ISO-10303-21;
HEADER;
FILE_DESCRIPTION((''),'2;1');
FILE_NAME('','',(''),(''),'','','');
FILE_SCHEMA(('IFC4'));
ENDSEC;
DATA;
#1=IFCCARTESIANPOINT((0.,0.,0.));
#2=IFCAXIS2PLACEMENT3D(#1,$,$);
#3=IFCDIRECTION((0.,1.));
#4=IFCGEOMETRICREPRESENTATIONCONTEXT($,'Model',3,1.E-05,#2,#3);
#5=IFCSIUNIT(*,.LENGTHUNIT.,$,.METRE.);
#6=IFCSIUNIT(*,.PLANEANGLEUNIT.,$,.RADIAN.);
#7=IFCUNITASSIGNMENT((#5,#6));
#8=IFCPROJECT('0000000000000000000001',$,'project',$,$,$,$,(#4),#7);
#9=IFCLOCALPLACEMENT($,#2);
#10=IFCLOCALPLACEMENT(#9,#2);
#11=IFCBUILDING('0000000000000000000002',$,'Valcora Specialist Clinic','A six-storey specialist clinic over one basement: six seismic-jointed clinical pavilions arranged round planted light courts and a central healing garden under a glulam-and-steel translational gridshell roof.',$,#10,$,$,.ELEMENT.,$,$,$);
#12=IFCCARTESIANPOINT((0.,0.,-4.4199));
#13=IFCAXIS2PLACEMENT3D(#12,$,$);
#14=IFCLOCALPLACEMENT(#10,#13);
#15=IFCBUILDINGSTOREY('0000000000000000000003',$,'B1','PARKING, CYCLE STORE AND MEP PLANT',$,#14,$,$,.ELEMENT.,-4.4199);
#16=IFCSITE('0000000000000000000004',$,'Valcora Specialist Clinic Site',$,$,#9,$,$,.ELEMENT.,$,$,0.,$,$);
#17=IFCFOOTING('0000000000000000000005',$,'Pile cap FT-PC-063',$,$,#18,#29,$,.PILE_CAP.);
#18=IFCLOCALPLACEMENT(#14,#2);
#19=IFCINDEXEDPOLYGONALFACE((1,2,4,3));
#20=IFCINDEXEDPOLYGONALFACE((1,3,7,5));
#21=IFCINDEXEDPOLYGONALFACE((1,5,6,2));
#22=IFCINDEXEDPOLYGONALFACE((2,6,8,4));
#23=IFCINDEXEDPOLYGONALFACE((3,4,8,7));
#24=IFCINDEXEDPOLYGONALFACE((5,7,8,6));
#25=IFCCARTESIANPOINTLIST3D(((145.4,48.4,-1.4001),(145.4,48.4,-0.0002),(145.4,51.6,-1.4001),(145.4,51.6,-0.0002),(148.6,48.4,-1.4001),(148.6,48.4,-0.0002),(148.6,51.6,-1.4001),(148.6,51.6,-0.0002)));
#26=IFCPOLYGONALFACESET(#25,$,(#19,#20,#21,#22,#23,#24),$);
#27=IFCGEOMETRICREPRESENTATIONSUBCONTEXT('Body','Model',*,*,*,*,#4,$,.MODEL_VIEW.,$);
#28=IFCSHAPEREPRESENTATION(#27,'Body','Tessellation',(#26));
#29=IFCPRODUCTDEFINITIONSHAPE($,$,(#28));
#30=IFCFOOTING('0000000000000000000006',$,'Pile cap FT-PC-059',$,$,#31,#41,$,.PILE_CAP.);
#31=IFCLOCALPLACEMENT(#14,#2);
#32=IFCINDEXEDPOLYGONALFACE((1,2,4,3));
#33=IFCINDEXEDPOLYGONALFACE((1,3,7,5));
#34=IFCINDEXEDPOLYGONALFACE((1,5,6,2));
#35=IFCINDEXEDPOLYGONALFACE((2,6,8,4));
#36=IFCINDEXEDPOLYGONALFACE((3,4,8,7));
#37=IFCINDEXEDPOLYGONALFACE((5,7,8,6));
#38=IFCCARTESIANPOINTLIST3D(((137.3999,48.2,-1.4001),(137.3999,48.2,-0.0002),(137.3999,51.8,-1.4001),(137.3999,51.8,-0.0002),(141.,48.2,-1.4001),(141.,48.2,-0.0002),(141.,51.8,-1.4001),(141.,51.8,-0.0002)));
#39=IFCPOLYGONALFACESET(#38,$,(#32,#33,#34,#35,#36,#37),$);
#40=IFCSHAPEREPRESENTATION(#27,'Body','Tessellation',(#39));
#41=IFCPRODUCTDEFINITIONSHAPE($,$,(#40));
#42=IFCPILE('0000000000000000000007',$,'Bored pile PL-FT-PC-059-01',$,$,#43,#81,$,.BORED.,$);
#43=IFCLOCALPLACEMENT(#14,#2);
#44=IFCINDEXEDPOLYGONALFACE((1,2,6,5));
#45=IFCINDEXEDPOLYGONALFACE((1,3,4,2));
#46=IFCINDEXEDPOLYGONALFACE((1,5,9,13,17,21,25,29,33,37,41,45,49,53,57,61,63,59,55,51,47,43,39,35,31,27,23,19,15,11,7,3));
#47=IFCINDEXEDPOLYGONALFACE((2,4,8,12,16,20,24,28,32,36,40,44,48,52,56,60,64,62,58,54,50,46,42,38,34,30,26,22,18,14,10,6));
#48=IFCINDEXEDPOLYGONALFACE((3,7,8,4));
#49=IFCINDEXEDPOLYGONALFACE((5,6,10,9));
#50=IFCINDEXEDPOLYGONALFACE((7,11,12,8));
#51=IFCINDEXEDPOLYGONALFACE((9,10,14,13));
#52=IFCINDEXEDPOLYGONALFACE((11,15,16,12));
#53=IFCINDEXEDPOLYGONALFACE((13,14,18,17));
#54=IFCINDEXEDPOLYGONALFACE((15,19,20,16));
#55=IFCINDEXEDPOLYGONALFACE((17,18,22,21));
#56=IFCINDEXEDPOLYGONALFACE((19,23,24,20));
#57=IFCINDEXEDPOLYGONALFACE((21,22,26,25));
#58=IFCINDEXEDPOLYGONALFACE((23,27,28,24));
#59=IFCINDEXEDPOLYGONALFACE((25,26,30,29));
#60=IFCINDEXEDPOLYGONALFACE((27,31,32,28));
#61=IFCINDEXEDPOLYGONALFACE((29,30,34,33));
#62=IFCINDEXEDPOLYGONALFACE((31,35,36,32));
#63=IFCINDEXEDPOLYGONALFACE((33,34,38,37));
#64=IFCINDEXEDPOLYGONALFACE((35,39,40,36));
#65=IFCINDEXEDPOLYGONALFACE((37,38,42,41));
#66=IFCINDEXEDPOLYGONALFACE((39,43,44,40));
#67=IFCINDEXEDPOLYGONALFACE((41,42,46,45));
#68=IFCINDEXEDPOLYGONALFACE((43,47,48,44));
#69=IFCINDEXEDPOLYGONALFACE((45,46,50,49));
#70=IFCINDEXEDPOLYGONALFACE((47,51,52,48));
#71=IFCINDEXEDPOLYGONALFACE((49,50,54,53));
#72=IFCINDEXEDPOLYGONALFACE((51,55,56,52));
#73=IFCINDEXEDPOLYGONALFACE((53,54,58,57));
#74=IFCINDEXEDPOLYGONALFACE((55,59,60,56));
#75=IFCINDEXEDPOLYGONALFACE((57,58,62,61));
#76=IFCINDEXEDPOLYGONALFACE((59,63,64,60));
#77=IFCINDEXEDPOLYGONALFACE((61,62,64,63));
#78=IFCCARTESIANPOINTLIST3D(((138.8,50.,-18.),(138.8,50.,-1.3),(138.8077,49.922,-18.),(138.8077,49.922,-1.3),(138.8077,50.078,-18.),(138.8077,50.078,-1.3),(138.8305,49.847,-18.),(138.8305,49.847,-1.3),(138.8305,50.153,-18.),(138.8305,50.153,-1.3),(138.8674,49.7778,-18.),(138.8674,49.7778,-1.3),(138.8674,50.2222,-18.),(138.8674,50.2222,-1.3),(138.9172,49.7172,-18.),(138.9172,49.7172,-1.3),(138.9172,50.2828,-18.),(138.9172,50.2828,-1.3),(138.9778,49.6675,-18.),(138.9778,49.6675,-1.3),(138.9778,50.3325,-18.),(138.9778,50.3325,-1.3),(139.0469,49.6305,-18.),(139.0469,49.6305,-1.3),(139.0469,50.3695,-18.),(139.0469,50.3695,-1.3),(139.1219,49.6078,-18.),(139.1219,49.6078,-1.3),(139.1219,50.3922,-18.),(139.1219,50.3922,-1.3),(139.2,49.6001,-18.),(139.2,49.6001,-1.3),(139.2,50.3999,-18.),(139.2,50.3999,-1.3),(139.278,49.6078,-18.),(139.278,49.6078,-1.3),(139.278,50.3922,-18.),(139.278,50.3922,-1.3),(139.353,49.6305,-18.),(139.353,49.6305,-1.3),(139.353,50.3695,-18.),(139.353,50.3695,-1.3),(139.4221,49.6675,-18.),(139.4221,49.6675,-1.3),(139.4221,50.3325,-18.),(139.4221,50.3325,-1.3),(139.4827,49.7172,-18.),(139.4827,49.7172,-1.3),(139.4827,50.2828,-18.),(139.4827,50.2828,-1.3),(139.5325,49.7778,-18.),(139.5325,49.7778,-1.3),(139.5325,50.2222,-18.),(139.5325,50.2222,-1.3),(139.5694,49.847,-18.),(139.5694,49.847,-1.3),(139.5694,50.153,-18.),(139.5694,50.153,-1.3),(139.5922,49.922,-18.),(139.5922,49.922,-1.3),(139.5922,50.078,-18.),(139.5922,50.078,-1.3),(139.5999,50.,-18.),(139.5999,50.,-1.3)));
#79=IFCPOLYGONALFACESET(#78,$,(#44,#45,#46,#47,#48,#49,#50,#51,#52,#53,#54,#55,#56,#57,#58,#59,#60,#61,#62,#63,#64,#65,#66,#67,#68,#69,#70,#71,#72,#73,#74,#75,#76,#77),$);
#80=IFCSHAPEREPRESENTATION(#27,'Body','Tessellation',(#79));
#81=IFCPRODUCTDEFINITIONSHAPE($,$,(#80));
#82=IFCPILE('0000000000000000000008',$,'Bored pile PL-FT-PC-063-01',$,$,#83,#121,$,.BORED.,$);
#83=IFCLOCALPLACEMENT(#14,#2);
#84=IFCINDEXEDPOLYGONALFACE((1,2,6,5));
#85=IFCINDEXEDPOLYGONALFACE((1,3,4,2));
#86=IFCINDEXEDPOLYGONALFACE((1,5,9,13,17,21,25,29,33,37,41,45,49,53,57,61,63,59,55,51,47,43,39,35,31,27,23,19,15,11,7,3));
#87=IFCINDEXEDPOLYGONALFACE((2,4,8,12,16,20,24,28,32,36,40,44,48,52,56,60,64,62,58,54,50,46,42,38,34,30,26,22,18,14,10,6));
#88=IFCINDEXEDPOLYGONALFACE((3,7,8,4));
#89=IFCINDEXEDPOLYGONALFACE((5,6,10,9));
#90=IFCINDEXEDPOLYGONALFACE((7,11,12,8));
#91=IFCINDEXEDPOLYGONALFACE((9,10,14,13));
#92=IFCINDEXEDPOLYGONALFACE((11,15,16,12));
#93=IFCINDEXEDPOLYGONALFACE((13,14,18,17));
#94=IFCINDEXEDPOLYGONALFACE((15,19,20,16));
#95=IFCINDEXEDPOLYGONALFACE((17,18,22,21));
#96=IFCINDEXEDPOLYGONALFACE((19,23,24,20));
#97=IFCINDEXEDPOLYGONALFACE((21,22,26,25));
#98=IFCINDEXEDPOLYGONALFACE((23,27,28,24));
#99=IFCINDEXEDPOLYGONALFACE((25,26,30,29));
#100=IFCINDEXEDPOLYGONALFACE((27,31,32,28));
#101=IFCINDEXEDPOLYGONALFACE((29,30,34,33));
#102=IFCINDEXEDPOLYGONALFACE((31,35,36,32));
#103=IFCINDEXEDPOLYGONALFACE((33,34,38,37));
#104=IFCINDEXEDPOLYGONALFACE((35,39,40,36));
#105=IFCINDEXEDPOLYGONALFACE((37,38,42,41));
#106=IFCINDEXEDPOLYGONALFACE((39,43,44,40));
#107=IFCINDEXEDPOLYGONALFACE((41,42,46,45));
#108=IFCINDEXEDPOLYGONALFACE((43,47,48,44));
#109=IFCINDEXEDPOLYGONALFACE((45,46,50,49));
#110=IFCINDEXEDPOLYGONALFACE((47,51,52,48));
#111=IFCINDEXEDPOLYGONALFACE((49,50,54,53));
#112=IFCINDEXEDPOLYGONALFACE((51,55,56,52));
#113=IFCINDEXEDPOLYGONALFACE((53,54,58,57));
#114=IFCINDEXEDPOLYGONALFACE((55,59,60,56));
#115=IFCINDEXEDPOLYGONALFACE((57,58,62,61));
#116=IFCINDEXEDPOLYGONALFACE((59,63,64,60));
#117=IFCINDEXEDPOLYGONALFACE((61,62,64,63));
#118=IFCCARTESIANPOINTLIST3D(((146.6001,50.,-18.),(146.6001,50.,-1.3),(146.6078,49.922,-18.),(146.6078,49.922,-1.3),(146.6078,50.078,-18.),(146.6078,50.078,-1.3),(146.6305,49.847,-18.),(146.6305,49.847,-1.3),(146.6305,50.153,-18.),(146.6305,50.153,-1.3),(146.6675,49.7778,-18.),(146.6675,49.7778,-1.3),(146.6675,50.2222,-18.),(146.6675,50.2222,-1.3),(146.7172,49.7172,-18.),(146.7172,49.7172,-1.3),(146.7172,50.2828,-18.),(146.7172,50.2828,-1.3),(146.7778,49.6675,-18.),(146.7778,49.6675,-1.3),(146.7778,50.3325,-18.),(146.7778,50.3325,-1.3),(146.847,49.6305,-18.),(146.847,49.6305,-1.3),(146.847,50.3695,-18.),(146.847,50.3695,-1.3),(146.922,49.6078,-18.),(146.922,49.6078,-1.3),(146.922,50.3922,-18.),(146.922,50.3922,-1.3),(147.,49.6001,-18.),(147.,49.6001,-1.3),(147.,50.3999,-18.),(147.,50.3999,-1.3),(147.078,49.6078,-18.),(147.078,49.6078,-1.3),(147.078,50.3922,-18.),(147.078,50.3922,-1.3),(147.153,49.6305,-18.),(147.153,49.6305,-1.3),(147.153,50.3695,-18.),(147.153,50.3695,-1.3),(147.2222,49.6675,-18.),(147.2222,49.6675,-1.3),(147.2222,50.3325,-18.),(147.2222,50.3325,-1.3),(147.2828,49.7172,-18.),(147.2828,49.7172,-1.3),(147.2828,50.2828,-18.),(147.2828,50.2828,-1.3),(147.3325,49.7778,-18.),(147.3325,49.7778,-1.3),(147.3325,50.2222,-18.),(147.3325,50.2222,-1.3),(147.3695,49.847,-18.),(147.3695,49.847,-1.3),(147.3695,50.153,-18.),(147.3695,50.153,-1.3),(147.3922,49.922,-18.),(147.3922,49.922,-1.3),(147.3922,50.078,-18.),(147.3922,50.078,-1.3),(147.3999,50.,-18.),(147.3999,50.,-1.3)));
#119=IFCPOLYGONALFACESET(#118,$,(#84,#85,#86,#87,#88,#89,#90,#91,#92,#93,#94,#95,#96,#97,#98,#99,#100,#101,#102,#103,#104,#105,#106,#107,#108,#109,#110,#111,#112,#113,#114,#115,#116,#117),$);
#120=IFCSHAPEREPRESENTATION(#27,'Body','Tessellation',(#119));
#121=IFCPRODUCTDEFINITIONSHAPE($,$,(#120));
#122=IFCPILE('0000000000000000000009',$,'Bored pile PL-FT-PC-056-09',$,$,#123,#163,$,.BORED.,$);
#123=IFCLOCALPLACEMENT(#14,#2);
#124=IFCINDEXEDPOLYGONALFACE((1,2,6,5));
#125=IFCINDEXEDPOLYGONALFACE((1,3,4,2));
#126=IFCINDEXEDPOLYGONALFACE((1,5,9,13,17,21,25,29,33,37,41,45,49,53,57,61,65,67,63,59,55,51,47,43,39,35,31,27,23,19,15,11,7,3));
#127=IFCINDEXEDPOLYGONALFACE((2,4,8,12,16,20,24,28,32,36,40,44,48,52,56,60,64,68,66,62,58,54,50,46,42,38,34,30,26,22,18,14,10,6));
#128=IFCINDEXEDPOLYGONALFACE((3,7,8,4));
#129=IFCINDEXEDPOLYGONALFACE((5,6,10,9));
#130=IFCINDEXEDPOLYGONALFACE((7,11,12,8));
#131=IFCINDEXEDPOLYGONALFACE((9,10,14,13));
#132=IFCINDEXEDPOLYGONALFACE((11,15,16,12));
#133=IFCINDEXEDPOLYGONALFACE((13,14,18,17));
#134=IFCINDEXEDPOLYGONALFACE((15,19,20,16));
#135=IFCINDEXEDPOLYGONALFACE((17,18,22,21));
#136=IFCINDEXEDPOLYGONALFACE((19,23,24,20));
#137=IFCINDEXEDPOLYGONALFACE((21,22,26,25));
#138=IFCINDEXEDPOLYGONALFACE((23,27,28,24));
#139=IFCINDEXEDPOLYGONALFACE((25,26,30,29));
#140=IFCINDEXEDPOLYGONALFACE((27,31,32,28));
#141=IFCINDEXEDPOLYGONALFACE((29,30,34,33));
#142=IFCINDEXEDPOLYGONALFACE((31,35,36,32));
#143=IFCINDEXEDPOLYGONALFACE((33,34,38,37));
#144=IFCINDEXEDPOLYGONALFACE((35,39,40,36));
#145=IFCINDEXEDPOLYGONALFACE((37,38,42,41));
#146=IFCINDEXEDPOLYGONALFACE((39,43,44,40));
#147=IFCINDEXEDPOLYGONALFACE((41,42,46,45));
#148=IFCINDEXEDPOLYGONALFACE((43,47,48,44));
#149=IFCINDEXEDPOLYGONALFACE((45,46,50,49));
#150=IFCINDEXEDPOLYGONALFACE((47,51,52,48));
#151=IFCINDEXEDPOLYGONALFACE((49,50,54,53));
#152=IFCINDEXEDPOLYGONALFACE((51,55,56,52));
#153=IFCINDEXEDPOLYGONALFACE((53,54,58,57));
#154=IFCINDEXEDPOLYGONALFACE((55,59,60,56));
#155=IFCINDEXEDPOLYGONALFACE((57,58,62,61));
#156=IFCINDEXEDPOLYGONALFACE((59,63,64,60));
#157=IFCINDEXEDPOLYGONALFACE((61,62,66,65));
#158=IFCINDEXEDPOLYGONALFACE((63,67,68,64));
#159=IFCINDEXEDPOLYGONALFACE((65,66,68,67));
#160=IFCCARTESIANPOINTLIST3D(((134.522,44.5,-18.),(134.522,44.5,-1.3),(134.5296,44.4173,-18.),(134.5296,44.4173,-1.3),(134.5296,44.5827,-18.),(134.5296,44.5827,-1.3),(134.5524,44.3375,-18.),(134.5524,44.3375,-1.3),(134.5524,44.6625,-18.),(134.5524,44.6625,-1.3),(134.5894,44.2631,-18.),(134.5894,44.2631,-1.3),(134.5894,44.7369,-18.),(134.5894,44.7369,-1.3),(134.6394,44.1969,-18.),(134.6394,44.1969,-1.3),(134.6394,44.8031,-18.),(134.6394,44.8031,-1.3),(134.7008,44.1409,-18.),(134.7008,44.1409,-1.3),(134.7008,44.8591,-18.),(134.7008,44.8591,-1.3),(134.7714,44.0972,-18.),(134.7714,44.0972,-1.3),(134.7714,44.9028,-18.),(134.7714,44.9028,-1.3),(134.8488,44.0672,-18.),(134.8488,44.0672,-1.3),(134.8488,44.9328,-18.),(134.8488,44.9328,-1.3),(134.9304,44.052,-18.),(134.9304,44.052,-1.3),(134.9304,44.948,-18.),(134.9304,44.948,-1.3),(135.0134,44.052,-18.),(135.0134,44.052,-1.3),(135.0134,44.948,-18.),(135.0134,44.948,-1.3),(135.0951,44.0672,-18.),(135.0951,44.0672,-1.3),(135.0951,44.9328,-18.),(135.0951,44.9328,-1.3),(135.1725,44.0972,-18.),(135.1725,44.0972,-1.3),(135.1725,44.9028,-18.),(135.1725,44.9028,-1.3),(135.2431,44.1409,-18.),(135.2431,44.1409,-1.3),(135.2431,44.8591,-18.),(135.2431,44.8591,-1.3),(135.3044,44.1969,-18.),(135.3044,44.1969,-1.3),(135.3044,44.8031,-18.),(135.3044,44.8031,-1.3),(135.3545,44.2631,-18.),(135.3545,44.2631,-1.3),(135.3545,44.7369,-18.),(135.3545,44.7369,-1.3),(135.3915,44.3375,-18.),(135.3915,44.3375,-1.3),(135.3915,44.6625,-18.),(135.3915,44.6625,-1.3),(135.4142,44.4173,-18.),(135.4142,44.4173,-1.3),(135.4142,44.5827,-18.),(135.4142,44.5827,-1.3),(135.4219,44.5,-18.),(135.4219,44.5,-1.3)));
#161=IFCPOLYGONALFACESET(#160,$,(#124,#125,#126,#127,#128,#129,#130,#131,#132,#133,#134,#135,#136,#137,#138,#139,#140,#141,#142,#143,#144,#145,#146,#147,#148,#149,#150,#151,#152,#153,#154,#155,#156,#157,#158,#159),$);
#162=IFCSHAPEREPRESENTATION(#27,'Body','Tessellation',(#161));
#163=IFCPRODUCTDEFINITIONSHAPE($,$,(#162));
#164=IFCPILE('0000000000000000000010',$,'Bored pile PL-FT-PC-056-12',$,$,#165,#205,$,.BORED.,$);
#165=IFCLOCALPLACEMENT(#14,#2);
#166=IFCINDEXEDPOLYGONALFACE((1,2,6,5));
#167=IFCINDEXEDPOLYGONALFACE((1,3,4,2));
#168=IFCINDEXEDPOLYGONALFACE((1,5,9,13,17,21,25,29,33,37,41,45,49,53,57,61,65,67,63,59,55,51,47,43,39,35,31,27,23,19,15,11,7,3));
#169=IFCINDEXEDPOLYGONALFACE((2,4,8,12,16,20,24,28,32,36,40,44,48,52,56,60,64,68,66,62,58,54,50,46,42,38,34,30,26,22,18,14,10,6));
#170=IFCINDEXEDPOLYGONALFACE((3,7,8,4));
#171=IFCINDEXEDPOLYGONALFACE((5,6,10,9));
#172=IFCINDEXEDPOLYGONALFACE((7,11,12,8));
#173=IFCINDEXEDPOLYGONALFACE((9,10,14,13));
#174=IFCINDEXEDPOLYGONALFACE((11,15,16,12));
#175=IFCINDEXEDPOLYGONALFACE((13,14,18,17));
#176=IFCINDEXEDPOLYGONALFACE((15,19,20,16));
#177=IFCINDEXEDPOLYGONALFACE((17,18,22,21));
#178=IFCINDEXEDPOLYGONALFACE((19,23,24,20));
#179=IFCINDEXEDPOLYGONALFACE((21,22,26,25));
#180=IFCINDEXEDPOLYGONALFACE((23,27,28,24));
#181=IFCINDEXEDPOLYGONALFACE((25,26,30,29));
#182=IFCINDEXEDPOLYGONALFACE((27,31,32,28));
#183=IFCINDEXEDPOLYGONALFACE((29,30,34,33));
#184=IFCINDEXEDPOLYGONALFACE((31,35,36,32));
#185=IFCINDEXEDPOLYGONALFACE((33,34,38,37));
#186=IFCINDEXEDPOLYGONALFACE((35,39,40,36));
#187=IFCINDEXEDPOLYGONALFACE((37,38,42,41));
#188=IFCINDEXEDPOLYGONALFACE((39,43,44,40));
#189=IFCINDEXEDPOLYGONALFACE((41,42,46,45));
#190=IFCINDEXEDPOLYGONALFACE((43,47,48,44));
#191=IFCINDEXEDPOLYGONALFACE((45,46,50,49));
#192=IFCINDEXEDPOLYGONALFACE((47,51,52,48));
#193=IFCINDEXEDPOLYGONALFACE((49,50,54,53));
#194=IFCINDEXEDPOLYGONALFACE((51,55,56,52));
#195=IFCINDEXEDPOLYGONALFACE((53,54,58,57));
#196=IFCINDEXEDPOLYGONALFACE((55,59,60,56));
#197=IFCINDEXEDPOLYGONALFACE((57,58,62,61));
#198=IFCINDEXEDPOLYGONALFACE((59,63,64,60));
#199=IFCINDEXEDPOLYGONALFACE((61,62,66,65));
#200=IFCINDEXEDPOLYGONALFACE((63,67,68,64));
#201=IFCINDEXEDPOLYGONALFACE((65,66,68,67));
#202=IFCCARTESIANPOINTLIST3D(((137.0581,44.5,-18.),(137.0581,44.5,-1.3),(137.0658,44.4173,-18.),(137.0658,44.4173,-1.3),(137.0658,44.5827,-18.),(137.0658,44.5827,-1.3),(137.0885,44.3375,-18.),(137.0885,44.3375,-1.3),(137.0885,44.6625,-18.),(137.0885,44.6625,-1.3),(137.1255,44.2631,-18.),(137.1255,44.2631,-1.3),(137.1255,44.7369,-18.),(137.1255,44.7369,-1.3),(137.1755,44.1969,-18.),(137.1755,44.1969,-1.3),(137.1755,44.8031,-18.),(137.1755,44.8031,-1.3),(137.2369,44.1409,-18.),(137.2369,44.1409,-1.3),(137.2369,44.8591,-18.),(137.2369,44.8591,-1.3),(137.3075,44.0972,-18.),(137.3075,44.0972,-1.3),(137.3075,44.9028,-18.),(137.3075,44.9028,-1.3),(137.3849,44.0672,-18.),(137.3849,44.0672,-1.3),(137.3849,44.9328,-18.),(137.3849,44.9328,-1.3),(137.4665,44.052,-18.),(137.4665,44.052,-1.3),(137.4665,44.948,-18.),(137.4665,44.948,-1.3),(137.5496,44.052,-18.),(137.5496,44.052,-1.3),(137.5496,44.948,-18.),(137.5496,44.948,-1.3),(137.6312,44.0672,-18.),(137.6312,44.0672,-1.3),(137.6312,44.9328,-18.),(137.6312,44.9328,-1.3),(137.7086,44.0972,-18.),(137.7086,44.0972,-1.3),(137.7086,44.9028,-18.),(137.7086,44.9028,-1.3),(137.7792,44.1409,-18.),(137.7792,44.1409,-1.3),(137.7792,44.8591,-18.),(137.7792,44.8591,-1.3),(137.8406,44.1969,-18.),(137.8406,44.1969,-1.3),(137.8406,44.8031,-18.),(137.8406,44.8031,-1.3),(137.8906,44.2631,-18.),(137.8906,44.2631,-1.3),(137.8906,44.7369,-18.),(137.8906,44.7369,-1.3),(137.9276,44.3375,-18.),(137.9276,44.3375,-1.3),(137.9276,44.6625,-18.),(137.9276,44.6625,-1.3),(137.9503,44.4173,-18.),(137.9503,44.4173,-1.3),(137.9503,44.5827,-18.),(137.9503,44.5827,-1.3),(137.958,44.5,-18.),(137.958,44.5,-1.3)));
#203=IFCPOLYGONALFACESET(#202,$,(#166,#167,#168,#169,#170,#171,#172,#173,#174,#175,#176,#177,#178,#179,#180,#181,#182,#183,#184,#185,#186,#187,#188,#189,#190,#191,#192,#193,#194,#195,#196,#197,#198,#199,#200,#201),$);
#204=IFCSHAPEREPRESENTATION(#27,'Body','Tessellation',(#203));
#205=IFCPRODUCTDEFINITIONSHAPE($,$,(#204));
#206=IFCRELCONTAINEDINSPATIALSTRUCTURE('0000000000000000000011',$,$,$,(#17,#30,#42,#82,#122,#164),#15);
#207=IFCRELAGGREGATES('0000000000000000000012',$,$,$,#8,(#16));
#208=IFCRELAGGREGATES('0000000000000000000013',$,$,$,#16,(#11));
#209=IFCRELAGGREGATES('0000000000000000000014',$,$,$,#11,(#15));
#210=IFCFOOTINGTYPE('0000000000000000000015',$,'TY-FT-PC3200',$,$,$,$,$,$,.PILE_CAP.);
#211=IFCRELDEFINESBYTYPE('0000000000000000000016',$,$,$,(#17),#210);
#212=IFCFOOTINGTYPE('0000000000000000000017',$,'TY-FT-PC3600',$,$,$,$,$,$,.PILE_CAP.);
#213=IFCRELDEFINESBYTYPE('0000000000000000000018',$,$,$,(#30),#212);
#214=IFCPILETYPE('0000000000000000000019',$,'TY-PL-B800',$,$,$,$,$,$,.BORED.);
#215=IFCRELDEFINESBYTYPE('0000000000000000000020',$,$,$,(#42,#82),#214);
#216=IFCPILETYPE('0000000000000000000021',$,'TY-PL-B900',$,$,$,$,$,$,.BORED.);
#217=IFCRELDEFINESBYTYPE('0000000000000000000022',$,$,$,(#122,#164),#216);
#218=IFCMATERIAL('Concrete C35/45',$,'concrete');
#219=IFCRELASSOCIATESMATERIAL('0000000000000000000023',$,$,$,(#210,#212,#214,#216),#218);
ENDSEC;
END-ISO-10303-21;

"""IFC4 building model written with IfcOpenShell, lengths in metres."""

from ifc_helpers import new_model, si_unit, direction, frame, origin, origin_2d, place, context, subcontext, project, spatial, rectangle, circle, extrude, material, material_profile, profile_set, type_object, element, save


model = new_model("IFC4")

# Units and contexts
model_context = context("Model", 3, precision=1e-05, world=origin(), true_north=direction((0.0, 1.0)))
body_context = subcontext(model_context, "Body", "Model", "MODEL_VIEW")
ifc_project = project(units=[si_unit("LENGTHUNIT", "METRE"), si_unit("PLANEANGLEUNIT", "RADIAN")], contexts=[model_context])

# Site, building, storey
site_placement = place(None, origin())
site = spatial("IfcSite", under=ifc_project, at=site_placement, Name="Valcora Specialist Clinic Site", CompositionType="ELEMENT", RefElevation=0.0)
building_placement = place(site_placement, origin())
building = spatial("IfcBuilding", under=site, at=building_placement, Name="Valcora Specialist Clinic", Description="A six-storey specialist clinic over one basement: six seismic-jointed clinical pavilions arranged round planted light courts and a central healing garden under a glulam-and-steel translational gridshell roof.", CompositionType="ELEMENT")
storey_placement = place(building_placement, frame((0.0, 0.0, -4.4199)))
storey = spatial("IfcBuildingStorey", under=building, at=storey_placement, Name="B1", Description="PARKING, CYCLE STORE AND MEP PLANT", CompositionType="ELEMENT", Elevation=-4.4199)

# Footings
ifc_material_1 = material(Name="Concrete C35/45", Category="concrete")
footing_type_1 = type_object("IfcFootingType", Name="TY-FT-PC3200", PredefinedType="PILE_CAP", material=ifc_material_1)
footing_1_placement = place(storey_placement, frame((147.0, 50.0, -1.4001), z_axis=(0.0, 0.0, 1.0), x_axis=(1.0, 0.0, 0.0)))
element("IfcFooting", 1, at=footing_1_placement, inside=storey, type_object=footing_type_1, Name="Pile cap FT-PC-063", PredefinedType="PILE_CAP", context=body_context, shape_type="SweptSolid", body=[
    extrude(rectangle(XDim=3.2, YDim=3.2, at=origin_2d()), origin(), (0.0, 0.0, 1.0), 1.3999),
])
footing_type_2 = type_object("IfcFootingType", Name="TY-FT-PC3600", PredefinedType="PILE_CAP", material=ifc_material_1)
footing_2_placement = place(storey_placement, frame((139.2, 50.0, -1.4001), z_axis=(0.0, 0.0, 1.0), x_axis=(1.0, 0.0, 0.0)))
element("IfcFooting", 2, at=footing_2_placement, inside=storey, type_object=footing_type_2, Name="Pile cap FT-PC-059", PredefinedType="PILE_CAP", context=body_context, shape_type="SweptSolid", body=[
    extrude(rectangle(XDim=3.6001, YDim=3.6001, at=origin_2d()), origin(), (0.0, 0.0, 1.0), 1.3999),
])

# Piles
ifc_material_profile_1 = material_profile(ifc_material_1, circle(Radius=0.3999, at=origin_2d()), Name="RC-PIL-D800")
ifc_profile_set_1 = profile_set([ifc_material_profile_1], Name="Concrete C35/45")
pile_type_1 = type_object("IfcPileType", Name="TY-PL-B800", PredefinedType="BORED", material=ifc_profile_set_1)
for number, where, z_axis, x_axis, name in (
    (3, (139.2, 50.0, -1.3), (0.0, 0.0, -1.0), (1.0, 0.0, 0.0), "Bored pile PL-FT-PC-059-01"),
    (4, (147.0, 50.0, -1.3), (0.0, 0.0, -1.0), (1.0, 0.0, 0.0), "Bored pile PL-FT-PC-063-01"),
):
    element("IfcPile", number, at=place(storey_placement, frame(where, z_axis=z_axis, x_axis=x_axis)), inside=storey, type_object=pile_type_1, Name=name, PredefinedType="BORED", context=body_context, shape_type="SweptSolid", body=[
        extrude(circle(Radius=0.3999, at=origin_2d()), origin(), (0.0, 0.0, 1.0), 16.7),
    ])
ifc_material_profile_2 = material_profile(ifc_material_1, circle(Radius=0.45, at=origin_2d()), Name="RC-PIL-D900")
ifc_profile_set_2 = profile_set([ifc_material_profile_2], Name="Concrete C35/45")
pile_type_2 = type_object("IfcPileType", Name="TY-PL-B900", PredefinedType="BORED", material=ifc_profile_set_2)
for number, where, z_axis, x_axis, name in (
    (5, (134.9719, 44.5, -1.3), (0.0, 0.0, -1.0), (1.0, 0.0, 0.0), "Bored pile PL-FT-PC-056-09"),
    (6, (137.5081, 44.5, -1.3), (0.0, 0.0, -1.0), (1.0, 0.0, 0.0), "Bored pile PL-FT-PC-056-12"),
):
    element("IfcPile", number, at=place(storey_placement, frame(where, z_axis=z_axis, x_axis=x_axis)), inside=storey, type_object=pile_type_2, Name=name, PredefinedType="BORED", context=body_context, shape_type="SweptSolid", body=[
        extrude(circle(Radius=0.45, at=origin_2d()), origin(), (0.0, 0.0, 1.0), 16.7),
    ])

save(model, "model.ifc")
